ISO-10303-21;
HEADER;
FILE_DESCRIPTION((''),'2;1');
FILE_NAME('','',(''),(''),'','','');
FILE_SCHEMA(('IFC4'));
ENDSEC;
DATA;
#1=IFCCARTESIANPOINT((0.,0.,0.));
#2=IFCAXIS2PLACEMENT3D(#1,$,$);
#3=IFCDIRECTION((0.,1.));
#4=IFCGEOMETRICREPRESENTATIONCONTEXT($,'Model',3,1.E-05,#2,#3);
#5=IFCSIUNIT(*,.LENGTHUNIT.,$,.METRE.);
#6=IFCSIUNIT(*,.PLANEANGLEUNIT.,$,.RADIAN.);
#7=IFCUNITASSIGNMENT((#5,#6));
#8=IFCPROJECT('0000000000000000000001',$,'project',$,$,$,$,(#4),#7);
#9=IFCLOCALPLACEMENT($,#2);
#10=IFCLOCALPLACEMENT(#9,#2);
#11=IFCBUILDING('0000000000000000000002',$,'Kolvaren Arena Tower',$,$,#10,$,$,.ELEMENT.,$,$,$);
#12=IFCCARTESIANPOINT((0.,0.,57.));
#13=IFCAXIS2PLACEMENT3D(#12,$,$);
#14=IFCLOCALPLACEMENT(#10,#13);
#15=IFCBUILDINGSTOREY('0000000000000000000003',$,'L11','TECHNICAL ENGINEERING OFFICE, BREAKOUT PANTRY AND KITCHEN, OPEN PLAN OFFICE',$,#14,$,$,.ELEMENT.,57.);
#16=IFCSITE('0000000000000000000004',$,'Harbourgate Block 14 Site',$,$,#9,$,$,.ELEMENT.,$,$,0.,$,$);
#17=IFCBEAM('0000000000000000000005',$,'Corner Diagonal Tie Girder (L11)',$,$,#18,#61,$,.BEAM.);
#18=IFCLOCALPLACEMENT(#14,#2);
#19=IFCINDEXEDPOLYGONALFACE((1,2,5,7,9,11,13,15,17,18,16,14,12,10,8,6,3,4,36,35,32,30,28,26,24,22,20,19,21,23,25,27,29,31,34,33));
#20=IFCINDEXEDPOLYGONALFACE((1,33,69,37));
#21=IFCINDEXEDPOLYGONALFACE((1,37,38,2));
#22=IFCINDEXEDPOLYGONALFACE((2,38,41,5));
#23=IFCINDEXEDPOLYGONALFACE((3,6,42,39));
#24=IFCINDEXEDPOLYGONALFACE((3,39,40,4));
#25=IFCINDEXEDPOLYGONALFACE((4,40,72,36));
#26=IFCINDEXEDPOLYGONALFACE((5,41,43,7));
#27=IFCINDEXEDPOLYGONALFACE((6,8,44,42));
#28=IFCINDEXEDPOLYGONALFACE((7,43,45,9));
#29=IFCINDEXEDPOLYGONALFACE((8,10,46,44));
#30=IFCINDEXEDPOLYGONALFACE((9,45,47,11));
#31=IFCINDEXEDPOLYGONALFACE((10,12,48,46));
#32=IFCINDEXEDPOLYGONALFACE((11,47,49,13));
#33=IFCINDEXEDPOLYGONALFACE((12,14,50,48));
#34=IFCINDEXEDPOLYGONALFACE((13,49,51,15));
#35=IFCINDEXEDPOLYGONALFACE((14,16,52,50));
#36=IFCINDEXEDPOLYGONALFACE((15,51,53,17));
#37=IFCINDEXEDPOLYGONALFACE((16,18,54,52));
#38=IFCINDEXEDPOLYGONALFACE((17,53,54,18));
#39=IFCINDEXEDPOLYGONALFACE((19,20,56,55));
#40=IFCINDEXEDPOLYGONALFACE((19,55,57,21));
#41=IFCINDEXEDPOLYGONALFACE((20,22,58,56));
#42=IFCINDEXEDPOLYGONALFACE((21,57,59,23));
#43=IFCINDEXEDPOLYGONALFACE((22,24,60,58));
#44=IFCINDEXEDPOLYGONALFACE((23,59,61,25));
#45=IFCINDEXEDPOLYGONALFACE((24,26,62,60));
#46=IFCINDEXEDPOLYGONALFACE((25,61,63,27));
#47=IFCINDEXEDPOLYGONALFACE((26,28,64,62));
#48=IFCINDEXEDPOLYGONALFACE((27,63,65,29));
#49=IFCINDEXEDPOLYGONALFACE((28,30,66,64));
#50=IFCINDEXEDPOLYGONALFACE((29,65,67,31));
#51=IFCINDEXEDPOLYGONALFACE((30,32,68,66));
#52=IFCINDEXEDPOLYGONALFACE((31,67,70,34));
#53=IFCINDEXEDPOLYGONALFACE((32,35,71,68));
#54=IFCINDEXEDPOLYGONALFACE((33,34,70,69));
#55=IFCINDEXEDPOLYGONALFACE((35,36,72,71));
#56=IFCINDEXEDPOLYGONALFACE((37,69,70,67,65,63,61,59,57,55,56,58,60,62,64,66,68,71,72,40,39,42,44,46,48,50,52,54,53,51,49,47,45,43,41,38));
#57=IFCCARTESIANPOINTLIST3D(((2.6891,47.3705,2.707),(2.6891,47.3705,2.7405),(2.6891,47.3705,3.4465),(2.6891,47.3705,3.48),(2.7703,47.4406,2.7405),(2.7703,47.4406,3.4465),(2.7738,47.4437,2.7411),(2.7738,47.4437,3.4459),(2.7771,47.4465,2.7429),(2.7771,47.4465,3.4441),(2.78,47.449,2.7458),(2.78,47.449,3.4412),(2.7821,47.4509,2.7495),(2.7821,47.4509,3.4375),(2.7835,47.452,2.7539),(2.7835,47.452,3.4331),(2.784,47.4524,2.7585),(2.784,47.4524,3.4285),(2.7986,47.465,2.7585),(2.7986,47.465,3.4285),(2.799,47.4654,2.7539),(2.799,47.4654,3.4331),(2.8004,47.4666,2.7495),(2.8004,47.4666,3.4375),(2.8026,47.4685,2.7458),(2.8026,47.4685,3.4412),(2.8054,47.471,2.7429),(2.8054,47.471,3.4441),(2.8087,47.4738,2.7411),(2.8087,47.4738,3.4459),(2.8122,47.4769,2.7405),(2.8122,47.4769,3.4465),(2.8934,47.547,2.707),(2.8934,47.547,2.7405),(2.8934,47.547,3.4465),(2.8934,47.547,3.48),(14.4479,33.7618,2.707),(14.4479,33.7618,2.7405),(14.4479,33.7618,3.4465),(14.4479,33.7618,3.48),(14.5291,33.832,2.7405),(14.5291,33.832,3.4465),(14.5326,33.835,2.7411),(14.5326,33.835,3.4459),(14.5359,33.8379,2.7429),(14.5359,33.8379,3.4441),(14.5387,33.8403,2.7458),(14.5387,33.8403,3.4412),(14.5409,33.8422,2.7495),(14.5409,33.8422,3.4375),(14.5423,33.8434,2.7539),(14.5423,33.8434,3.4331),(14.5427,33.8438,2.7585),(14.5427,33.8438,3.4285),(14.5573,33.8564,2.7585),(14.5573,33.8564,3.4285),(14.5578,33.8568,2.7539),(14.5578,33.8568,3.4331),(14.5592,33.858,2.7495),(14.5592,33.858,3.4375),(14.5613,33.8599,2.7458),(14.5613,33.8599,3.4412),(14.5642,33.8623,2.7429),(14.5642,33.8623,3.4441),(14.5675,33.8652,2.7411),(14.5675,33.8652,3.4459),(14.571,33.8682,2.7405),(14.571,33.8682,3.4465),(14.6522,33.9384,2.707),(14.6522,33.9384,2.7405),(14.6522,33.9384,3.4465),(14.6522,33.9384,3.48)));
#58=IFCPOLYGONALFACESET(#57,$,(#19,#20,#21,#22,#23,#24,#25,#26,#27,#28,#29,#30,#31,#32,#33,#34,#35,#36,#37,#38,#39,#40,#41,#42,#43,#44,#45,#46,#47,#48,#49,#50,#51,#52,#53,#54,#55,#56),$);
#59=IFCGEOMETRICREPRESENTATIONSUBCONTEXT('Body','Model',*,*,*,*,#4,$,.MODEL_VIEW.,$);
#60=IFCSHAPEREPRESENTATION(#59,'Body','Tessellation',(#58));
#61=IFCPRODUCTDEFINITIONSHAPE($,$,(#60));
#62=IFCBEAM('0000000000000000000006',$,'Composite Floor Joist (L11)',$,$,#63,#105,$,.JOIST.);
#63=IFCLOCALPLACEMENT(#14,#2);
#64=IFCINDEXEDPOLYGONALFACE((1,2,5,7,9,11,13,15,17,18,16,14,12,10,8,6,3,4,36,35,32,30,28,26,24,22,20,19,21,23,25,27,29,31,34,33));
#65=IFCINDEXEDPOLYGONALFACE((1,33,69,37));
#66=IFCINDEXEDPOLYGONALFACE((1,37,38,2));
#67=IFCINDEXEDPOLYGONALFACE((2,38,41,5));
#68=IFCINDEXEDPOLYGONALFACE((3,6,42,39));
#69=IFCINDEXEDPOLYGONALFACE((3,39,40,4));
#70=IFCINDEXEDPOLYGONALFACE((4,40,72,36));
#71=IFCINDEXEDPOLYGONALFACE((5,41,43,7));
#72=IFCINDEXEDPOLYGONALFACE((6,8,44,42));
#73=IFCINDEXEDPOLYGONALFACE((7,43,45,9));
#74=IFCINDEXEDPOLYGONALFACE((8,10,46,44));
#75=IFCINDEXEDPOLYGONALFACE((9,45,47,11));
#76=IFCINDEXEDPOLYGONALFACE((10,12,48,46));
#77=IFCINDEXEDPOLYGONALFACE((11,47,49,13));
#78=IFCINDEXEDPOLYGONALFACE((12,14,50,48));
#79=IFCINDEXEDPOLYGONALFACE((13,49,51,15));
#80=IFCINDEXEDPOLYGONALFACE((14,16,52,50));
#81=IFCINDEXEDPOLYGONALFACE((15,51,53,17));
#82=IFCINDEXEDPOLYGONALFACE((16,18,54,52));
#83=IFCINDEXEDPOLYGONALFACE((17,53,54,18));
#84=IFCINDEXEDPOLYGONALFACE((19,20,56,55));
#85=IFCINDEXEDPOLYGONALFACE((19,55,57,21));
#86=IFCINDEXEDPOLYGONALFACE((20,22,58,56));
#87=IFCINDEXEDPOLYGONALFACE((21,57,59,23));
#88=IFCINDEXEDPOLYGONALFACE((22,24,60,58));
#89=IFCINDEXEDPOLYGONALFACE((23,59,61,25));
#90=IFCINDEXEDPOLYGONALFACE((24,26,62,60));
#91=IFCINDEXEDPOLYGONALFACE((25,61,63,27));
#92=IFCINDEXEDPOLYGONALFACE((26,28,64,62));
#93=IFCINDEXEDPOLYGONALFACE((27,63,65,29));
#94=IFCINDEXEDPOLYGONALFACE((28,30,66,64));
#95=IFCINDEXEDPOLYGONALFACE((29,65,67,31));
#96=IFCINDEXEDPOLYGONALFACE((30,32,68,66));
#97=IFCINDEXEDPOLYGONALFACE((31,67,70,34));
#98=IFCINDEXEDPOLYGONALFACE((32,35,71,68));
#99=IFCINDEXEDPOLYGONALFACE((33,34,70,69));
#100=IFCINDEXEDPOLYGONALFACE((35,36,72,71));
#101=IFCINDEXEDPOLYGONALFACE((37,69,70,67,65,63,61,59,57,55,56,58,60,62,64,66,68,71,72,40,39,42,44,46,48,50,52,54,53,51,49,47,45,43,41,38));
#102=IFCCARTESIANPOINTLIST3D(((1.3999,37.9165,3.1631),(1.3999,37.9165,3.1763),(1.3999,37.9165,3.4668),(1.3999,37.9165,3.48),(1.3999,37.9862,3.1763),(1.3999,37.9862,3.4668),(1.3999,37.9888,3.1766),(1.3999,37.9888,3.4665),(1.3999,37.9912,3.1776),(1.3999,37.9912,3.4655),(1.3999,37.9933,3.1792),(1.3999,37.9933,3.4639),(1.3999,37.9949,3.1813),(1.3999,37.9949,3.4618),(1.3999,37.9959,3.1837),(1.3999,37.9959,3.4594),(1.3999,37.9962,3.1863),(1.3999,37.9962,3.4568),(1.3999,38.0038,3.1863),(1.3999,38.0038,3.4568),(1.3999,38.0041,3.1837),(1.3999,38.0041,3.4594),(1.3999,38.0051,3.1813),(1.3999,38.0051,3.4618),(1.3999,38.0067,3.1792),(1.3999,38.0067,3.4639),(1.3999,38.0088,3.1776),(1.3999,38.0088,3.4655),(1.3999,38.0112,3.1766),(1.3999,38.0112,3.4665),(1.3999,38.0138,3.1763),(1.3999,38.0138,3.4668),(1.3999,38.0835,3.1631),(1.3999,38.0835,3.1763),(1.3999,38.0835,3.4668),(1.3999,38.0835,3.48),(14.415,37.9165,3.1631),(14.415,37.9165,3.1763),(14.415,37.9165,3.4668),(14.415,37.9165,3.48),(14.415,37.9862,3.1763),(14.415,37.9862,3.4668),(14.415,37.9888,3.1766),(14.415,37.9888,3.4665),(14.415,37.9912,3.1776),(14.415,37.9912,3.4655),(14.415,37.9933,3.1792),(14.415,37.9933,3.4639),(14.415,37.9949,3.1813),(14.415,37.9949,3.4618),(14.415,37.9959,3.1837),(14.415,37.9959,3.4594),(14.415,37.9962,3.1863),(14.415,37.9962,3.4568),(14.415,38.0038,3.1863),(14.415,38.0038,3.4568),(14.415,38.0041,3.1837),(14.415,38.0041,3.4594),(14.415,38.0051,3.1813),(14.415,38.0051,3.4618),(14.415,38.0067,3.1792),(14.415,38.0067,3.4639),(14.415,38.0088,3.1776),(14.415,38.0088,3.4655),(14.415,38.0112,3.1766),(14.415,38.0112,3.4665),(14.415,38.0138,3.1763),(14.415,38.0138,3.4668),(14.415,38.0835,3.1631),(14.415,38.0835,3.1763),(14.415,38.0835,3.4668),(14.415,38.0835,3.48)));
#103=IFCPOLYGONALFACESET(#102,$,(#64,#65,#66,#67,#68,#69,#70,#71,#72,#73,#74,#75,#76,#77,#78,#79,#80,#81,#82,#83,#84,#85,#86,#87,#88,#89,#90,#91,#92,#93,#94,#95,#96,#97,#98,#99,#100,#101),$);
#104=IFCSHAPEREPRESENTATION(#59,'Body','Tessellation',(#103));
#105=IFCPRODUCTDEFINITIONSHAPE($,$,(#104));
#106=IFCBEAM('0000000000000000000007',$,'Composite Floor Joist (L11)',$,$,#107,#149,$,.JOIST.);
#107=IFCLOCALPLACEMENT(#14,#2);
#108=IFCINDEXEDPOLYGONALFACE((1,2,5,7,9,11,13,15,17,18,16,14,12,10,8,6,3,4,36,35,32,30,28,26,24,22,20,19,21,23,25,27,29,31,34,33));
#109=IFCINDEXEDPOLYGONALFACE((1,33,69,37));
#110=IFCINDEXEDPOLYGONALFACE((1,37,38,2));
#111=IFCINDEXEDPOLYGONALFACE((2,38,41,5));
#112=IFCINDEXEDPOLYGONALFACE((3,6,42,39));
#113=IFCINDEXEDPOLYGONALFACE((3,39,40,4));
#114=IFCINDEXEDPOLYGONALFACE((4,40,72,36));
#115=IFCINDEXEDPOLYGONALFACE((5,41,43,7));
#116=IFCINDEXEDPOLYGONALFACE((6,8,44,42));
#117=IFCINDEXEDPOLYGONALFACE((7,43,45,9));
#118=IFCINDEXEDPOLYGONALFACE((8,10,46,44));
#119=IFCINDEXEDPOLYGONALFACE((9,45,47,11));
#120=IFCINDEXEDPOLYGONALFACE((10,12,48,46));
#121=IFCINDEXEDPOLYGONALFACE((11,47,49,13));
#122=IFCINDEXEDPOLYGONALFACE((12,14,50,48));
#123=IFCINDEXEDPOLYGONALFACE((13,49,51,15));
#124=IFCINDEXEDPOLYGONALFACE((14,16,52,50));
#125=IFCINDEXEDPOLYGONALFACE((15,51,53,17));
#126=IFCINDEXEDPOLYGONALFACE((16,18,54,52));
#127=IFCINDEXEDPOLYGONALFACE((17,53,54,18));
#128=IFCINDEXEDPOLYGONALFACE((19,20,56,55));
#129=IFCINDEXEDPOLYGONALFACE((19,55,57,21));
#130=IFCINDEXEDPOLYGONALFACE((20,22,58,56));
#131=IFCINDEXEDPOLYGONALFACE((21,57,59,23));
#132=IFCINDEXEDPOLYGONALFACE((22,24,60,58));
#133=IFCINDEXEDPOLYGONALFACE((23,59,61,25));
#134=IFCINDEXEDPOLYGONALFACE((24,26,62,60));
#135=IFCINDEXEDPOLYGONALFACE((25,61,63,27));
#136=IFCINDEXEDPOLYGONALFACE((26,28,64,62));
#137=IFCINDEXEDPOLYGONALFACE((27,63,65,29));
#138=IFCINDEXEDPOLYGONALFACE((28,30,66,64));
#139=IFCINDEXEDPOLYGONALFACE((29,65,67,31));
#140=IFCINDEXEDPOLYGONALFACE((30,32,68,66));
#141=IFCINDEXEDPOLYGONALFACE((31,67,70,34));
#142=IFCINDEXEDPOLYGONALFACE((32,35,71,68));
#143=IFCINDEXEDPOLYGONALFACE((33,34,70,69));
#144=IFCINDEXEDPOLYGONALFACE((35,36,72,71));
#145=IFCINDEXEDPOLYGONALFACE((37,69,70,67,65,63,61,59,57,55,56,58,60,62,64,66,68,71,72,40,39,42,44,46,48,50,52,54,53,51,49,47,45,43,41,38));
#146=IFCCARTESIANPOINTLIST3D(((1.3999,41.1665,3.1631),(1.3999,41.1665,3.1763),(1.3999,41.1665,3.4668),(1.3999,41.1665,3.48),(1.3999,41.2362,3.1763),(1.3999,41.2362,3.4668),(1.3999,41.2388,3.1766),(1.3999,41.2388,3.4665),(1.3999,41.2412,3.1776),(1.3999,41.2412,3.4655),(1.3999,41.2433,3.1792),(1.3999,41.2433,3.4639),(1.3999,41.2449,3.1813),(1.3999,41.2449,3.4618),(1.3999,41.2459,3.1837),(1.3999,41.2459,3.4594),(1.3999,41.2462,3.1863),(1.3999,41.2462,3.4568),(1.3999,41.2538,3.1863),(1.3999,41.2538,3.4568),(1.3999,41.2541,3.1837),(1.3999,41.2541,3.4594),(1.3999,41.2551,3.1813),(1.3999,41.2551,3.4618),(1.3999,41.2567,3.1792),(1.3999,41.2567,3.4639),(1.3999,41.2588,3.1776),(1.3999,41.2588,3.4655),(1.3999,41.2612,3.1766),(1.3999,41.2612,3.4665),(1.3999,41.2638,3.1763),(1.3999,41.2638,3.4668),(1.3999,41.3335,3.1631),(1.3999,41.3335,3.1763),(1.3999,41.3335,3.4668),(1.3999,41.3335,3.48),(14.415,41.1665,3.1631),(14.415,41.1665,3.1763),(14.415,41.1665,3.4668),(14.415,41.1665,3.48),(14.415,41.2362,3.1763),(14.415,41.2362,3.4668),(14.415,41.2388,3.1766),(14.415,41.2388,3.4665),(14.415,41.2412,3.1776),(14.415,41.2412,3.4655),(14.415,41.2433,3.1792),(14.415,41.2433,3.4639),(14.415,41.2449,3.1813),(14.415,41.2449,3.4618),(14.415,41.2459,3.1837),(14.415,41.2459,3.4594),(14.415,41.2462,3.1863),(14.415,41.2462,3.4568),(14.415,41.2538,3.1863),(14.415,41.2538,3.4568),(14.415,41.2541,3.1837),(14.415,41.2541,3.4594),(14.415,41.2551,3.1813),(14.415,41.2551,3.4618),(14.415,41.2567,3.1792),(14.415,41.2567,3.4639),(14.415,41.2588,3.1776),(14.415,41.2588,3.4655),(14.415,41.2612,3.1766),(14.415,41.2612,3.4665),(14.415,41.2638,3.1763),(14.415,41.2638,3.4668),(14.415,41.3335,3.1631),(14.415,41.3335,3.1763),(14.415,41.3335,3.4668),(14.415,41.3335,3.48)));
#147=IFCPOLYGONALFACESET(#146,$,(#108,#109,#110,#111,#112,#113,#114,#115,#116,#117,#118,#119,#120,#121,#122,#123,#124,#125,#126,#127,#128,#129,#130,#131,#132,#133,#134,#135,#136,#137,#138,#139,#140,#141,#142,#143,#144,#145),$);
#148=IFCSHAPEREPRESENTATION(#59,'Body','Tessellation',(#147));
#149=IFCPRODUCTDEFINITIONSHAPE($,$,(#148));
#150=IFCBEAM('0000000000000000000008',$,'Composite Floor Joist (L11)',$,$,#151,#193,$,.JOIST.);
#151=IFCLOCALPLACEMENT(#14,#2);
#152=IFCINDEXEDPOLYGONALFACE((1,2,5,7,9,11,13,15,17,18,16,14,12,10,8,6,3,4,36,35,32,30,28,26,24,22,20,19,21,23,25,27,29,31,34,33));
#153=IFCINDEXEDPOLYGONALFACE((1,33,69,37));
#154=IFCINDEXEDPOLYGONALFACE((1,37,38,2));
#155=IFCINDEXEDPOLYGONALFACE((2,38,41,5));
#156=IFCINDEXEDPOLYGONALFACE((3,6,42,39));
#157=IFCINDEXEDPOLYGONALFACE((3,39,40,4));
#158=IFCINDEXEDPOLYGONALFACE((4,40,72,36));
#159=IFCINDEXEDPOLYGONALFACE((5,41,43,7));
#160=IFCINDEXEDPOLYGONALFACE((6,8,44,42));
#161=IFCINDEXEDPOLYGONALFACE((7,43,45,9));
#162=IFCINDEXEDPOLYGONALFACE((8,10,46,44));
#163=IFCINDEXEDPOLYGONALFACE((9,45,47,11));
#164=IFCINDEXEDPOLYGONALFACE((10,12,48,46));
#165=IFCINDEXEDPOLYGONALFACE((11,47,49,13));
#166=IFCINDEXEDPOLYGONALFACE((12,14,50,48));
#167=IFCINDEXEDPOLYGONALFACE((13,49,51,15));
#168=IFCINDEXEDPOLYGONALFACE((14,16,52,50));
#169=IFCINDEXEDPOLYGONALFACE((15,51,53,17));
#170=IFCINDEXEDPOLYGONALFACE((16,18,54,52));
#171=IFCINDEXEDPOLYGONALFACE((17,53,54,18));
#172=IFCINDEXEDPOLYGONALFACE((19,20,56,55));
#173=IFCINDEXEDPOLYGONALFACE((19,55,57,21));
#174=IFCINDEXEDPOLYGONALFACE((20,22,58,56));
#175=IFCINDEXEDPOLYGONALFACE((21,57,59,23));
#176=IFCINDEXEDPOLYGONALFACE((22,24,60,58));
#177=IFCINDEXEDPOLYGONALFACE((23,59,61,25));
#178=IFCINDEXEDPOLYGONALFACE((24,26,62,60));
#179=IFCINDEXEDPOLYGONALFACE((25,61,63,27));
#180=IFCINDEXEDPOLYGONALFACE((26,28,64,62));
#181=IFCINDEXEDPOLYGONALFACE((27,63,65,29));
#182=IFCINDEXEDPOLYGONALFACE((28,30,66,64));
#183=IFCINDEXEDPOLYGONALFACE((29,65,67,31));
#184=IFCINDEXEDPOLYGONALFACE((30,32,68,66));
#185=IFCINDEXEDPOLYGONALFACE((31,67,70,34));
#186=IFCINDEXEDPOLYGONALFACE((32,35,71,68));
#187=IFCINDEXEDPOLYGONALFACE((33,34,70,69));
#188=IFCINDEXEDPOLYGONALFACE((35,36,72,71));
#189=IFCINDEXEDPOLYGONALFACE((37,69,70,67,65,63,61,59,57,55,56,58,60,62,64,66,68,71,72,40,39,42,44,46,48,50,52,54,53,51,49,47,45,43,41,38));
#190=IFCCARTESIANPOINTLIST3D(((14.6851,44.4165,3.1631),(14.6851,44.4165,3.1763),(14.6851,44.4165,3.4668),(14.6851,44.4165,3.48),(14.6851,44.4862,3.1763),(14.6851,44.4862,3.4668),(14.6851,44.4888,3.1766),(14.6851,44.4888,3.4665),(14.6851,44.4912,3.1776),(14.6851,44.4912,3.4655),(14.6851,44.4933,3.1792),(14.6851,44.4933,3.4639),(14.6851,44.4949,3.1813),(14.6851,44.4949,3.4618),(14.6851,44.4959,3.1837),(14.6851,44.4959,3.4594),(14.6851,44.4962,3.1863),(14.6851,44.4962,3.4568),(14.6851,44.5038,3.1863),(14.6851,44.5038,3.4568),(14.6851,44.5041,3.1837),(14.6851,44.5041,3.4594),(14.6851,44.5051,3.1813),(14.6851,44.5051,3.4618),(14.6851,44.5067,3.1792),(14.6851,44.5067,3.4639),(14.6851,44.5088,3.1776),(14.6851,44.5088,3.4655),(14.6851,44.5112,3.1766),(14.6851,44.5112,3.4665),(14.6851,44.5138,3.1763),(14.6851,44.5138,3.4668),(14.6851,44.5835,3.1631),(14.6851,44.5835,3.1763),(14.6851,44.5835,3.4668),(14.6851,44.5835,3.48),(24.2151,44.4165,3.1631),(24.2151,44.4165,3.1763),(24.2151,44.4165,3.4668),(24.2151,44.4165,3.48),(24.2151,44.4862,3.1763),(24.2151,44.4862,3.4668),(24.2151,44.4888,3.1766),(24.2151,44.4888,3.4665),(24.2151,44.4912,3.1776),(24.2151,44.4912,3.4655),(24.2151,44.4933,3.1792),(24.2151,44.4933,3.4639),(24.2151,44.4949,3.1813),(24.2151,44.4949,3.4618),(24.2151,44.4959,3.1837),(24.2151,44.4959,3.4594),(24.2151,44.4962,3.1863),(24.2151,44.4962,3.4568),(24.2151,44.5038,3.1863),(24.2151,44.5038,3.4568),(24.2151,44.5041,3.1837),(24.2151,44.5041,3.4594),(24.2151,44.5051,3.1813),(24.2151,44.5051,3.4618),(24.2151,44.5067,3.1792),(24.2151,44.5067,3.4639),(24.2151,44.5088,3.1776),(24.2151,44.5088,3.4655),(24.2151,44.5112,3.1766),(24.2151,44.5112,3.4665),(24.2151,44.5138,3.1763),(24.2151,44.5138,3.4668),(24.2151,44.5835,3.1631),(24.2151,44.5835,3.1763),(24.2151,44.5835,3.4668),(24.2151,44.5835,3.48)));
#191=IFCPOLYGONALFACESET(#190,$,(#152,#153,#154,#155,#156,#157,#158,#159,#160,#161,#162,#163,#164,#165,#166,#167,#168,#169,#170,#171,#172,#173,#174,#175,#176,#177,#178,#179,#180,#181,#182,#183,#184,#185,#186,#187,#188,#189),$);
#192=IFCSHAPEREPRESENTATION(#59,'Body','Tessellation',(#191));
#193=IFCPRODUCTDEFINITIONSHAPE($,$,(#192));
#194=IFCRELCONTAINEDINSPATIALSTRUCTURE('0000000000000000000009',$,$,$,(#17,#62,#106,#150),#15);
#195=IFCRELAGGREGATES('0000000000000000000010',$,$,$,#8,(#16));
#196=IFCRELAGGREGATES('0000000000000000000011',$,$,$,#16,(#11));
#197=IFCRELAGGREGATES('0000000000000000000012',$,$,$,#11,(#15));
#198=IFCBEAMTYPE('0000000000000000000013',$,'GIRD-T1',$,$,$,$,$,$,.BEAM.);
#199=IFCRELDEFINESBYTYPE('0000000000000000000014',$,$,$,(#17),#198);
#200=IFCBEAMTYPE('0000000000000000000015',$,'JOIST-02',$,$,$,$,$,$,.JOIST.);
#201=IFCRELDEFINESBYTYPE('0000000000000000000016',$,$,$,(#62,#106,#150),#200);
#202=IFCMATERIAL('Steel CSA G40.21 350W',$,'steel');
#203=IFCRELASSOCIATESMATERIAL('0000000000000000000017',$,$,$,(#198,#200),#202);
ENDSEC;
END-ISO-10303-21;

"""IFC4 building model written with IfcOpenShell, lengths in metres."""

from ifc_helpers import new_model, si_unit, direction, frame, origin, origin_2d, place, context, subcontext, project, spatial, i_section, extrude, material, material_profile, profile_set, type_object, element, save


model = new_model("IFC4")

# Units and contexts
model_context = context("Model", 3, precision=1e-05, world=origin(), true_north=direction((0.0, 1.0)))
body_context = subcontext(model_context, "Body", "Model", "MODEL_VIEW")
ifc_project = project(units=[si_unit("LENGTHUNIT", "METRE"), si_unit("PLANEANGLEUNIT", "RADIAN")], contexts=[model_context])

# Site, building, storey
site_placement = place(None, origin())
site = spatial("IfcSite", under=ifc_project, at=site_placement, Name="Harbourgate Block 14 Site", CompositionType="ELEMENT", RefElevation=0.0)
building_placement = place(site_placement, origin())
building = spatial("IfcBuilding", under=site, at=building_placement, Name="Kolvaren Arena Tower", CompositionType="ELEMENT")
storey_placement = place(building_placement, frame((0.0, 0.0, 57.0)))
storey = spatial("IfcBuildingStorey", under=building, at=storey_placement, Name="L11", Description="TECHNICAL ENGINEERING OFFICE, BREAKOUT PANTRY AND KITCHEN, OPEN PLAN OFFICE", CompositionType="ELEMENT", Elevation=57.0)

# Beams
ifc_material_1 = material(Name="Steel CSA G40.21 350W", Category="steel")
ifc_material_profile_1 = material_profile(ifc_material_1, i_section(OverallWidth=0.27, OverallDepth=0.7729, WebThickness=0.0193, FlangeThickness=0.0334, FilletRadius=0.0181, at=origin_2d()), Name="W760x257")
ifc_profile_set_1 = profile_set([ifc_material_profile_1], Name="Steel CSA G40.21 350W")
beam_type_1 = type_object("IfcBeamType", Name="GIRD-T1", PredefinedType="BEAM", material=ifc_profile_set_1)
beam_1_placement = place(storey_placement, frame((2.7913, 47.4587, 3.0935), z_axis=(0.653807, -0.756662, 0.0), x_axis=(0.756662, 0.653807, 0.0)))
element("IfcBeam", 1, at=beam_1_placement, inside=storey, type_object=beam_type_1, Name="Corner Diagonal Tie Girder (L11)", PredefinedType="BEAM", context=body_context, shape_type="SweptSolid", body=[
    extrude(i_section(OverallWidth=0.27, OverallDepth=0.7729, WebThickness=0.0193, FlangeThickness=0.0334, FilletRadius=0.0181, at=origin_2d()), origin(), (0.0, 0.0, 1.0), 17.9851),
])
ifc_material_profile_2 = material_profile(ifc_material_1, i_section(OverallWidth=0.167, OverallDepth=0.3169, WebThickness=0.0076, FlangeThickness=0.0132, FilletRadius=0.01, at=origin_2d()), Name="W310x52")
ifc_profile_set_2 = profile_set([ifc_material_profile_2], Name="Steel CSA G40.21 350W")
beam_type_2 = type_object("IfcBeamType", Name="JOIST-02", PredefinedType="JOIST", material=ifc_profile_set_2)
for number, where, z_axis, x_axis, name in (
    (2, (1.3999, 38.0, 3.3215), (1.0, 0.0, 0.0), (0.0, 1.0, 0.0), "Composite Floor Joist (L11)"),
    (3, (1.3999, 41.25, 3.3215), (1.0, 0.0, 0.0), (0.0, 1.0, 0.0), "Composite Floor Joist (L11)"),
):
    element("IfcBeam", number, at=place(storey_placement, frame(where, z_axis=z_axis, x_axis=x_axis)), inside=storey, type_object=beam_type_2, Name=name, PredefinedType="JOIST", context=body_context, shape_type="SweptSolid", body=[
        extrude(i_section(OverallWidth=0.167, OverallDepth=0.3169, WebThickness=0.0076, FlangeThickness=0.0132, FilletRadius=0.01, at=origin_2d()), origin(), (0.0, 0.0, 1.0), 13.0151),
    ])
beam_2_placement = place(storey_placement, frame((14.6851, 44.5, 3.3215), z_axis=(1.0, 0.0, 0.0), x_axis=(0.0, 1.0, 0.0)))
element("IfcBeam", 4, at=beam_2_placement, inside=storey, type_object=beam_type_2, Name="Composite Floor Joist (L11)", PredefinedType="JOIST", context=body_context, shape_type="SweptSolid", body=[
    extrude(i_section(OverallWidth=0.167, OverallDepth=0.3169, WebThickness=0.0076, FlangeThickness=0.0132, FilletRadius=0.01, at=origin_2d()), origin(), (0.0, 0.0, 1.0), 9.53),
])

save(model, "model.ifc")
